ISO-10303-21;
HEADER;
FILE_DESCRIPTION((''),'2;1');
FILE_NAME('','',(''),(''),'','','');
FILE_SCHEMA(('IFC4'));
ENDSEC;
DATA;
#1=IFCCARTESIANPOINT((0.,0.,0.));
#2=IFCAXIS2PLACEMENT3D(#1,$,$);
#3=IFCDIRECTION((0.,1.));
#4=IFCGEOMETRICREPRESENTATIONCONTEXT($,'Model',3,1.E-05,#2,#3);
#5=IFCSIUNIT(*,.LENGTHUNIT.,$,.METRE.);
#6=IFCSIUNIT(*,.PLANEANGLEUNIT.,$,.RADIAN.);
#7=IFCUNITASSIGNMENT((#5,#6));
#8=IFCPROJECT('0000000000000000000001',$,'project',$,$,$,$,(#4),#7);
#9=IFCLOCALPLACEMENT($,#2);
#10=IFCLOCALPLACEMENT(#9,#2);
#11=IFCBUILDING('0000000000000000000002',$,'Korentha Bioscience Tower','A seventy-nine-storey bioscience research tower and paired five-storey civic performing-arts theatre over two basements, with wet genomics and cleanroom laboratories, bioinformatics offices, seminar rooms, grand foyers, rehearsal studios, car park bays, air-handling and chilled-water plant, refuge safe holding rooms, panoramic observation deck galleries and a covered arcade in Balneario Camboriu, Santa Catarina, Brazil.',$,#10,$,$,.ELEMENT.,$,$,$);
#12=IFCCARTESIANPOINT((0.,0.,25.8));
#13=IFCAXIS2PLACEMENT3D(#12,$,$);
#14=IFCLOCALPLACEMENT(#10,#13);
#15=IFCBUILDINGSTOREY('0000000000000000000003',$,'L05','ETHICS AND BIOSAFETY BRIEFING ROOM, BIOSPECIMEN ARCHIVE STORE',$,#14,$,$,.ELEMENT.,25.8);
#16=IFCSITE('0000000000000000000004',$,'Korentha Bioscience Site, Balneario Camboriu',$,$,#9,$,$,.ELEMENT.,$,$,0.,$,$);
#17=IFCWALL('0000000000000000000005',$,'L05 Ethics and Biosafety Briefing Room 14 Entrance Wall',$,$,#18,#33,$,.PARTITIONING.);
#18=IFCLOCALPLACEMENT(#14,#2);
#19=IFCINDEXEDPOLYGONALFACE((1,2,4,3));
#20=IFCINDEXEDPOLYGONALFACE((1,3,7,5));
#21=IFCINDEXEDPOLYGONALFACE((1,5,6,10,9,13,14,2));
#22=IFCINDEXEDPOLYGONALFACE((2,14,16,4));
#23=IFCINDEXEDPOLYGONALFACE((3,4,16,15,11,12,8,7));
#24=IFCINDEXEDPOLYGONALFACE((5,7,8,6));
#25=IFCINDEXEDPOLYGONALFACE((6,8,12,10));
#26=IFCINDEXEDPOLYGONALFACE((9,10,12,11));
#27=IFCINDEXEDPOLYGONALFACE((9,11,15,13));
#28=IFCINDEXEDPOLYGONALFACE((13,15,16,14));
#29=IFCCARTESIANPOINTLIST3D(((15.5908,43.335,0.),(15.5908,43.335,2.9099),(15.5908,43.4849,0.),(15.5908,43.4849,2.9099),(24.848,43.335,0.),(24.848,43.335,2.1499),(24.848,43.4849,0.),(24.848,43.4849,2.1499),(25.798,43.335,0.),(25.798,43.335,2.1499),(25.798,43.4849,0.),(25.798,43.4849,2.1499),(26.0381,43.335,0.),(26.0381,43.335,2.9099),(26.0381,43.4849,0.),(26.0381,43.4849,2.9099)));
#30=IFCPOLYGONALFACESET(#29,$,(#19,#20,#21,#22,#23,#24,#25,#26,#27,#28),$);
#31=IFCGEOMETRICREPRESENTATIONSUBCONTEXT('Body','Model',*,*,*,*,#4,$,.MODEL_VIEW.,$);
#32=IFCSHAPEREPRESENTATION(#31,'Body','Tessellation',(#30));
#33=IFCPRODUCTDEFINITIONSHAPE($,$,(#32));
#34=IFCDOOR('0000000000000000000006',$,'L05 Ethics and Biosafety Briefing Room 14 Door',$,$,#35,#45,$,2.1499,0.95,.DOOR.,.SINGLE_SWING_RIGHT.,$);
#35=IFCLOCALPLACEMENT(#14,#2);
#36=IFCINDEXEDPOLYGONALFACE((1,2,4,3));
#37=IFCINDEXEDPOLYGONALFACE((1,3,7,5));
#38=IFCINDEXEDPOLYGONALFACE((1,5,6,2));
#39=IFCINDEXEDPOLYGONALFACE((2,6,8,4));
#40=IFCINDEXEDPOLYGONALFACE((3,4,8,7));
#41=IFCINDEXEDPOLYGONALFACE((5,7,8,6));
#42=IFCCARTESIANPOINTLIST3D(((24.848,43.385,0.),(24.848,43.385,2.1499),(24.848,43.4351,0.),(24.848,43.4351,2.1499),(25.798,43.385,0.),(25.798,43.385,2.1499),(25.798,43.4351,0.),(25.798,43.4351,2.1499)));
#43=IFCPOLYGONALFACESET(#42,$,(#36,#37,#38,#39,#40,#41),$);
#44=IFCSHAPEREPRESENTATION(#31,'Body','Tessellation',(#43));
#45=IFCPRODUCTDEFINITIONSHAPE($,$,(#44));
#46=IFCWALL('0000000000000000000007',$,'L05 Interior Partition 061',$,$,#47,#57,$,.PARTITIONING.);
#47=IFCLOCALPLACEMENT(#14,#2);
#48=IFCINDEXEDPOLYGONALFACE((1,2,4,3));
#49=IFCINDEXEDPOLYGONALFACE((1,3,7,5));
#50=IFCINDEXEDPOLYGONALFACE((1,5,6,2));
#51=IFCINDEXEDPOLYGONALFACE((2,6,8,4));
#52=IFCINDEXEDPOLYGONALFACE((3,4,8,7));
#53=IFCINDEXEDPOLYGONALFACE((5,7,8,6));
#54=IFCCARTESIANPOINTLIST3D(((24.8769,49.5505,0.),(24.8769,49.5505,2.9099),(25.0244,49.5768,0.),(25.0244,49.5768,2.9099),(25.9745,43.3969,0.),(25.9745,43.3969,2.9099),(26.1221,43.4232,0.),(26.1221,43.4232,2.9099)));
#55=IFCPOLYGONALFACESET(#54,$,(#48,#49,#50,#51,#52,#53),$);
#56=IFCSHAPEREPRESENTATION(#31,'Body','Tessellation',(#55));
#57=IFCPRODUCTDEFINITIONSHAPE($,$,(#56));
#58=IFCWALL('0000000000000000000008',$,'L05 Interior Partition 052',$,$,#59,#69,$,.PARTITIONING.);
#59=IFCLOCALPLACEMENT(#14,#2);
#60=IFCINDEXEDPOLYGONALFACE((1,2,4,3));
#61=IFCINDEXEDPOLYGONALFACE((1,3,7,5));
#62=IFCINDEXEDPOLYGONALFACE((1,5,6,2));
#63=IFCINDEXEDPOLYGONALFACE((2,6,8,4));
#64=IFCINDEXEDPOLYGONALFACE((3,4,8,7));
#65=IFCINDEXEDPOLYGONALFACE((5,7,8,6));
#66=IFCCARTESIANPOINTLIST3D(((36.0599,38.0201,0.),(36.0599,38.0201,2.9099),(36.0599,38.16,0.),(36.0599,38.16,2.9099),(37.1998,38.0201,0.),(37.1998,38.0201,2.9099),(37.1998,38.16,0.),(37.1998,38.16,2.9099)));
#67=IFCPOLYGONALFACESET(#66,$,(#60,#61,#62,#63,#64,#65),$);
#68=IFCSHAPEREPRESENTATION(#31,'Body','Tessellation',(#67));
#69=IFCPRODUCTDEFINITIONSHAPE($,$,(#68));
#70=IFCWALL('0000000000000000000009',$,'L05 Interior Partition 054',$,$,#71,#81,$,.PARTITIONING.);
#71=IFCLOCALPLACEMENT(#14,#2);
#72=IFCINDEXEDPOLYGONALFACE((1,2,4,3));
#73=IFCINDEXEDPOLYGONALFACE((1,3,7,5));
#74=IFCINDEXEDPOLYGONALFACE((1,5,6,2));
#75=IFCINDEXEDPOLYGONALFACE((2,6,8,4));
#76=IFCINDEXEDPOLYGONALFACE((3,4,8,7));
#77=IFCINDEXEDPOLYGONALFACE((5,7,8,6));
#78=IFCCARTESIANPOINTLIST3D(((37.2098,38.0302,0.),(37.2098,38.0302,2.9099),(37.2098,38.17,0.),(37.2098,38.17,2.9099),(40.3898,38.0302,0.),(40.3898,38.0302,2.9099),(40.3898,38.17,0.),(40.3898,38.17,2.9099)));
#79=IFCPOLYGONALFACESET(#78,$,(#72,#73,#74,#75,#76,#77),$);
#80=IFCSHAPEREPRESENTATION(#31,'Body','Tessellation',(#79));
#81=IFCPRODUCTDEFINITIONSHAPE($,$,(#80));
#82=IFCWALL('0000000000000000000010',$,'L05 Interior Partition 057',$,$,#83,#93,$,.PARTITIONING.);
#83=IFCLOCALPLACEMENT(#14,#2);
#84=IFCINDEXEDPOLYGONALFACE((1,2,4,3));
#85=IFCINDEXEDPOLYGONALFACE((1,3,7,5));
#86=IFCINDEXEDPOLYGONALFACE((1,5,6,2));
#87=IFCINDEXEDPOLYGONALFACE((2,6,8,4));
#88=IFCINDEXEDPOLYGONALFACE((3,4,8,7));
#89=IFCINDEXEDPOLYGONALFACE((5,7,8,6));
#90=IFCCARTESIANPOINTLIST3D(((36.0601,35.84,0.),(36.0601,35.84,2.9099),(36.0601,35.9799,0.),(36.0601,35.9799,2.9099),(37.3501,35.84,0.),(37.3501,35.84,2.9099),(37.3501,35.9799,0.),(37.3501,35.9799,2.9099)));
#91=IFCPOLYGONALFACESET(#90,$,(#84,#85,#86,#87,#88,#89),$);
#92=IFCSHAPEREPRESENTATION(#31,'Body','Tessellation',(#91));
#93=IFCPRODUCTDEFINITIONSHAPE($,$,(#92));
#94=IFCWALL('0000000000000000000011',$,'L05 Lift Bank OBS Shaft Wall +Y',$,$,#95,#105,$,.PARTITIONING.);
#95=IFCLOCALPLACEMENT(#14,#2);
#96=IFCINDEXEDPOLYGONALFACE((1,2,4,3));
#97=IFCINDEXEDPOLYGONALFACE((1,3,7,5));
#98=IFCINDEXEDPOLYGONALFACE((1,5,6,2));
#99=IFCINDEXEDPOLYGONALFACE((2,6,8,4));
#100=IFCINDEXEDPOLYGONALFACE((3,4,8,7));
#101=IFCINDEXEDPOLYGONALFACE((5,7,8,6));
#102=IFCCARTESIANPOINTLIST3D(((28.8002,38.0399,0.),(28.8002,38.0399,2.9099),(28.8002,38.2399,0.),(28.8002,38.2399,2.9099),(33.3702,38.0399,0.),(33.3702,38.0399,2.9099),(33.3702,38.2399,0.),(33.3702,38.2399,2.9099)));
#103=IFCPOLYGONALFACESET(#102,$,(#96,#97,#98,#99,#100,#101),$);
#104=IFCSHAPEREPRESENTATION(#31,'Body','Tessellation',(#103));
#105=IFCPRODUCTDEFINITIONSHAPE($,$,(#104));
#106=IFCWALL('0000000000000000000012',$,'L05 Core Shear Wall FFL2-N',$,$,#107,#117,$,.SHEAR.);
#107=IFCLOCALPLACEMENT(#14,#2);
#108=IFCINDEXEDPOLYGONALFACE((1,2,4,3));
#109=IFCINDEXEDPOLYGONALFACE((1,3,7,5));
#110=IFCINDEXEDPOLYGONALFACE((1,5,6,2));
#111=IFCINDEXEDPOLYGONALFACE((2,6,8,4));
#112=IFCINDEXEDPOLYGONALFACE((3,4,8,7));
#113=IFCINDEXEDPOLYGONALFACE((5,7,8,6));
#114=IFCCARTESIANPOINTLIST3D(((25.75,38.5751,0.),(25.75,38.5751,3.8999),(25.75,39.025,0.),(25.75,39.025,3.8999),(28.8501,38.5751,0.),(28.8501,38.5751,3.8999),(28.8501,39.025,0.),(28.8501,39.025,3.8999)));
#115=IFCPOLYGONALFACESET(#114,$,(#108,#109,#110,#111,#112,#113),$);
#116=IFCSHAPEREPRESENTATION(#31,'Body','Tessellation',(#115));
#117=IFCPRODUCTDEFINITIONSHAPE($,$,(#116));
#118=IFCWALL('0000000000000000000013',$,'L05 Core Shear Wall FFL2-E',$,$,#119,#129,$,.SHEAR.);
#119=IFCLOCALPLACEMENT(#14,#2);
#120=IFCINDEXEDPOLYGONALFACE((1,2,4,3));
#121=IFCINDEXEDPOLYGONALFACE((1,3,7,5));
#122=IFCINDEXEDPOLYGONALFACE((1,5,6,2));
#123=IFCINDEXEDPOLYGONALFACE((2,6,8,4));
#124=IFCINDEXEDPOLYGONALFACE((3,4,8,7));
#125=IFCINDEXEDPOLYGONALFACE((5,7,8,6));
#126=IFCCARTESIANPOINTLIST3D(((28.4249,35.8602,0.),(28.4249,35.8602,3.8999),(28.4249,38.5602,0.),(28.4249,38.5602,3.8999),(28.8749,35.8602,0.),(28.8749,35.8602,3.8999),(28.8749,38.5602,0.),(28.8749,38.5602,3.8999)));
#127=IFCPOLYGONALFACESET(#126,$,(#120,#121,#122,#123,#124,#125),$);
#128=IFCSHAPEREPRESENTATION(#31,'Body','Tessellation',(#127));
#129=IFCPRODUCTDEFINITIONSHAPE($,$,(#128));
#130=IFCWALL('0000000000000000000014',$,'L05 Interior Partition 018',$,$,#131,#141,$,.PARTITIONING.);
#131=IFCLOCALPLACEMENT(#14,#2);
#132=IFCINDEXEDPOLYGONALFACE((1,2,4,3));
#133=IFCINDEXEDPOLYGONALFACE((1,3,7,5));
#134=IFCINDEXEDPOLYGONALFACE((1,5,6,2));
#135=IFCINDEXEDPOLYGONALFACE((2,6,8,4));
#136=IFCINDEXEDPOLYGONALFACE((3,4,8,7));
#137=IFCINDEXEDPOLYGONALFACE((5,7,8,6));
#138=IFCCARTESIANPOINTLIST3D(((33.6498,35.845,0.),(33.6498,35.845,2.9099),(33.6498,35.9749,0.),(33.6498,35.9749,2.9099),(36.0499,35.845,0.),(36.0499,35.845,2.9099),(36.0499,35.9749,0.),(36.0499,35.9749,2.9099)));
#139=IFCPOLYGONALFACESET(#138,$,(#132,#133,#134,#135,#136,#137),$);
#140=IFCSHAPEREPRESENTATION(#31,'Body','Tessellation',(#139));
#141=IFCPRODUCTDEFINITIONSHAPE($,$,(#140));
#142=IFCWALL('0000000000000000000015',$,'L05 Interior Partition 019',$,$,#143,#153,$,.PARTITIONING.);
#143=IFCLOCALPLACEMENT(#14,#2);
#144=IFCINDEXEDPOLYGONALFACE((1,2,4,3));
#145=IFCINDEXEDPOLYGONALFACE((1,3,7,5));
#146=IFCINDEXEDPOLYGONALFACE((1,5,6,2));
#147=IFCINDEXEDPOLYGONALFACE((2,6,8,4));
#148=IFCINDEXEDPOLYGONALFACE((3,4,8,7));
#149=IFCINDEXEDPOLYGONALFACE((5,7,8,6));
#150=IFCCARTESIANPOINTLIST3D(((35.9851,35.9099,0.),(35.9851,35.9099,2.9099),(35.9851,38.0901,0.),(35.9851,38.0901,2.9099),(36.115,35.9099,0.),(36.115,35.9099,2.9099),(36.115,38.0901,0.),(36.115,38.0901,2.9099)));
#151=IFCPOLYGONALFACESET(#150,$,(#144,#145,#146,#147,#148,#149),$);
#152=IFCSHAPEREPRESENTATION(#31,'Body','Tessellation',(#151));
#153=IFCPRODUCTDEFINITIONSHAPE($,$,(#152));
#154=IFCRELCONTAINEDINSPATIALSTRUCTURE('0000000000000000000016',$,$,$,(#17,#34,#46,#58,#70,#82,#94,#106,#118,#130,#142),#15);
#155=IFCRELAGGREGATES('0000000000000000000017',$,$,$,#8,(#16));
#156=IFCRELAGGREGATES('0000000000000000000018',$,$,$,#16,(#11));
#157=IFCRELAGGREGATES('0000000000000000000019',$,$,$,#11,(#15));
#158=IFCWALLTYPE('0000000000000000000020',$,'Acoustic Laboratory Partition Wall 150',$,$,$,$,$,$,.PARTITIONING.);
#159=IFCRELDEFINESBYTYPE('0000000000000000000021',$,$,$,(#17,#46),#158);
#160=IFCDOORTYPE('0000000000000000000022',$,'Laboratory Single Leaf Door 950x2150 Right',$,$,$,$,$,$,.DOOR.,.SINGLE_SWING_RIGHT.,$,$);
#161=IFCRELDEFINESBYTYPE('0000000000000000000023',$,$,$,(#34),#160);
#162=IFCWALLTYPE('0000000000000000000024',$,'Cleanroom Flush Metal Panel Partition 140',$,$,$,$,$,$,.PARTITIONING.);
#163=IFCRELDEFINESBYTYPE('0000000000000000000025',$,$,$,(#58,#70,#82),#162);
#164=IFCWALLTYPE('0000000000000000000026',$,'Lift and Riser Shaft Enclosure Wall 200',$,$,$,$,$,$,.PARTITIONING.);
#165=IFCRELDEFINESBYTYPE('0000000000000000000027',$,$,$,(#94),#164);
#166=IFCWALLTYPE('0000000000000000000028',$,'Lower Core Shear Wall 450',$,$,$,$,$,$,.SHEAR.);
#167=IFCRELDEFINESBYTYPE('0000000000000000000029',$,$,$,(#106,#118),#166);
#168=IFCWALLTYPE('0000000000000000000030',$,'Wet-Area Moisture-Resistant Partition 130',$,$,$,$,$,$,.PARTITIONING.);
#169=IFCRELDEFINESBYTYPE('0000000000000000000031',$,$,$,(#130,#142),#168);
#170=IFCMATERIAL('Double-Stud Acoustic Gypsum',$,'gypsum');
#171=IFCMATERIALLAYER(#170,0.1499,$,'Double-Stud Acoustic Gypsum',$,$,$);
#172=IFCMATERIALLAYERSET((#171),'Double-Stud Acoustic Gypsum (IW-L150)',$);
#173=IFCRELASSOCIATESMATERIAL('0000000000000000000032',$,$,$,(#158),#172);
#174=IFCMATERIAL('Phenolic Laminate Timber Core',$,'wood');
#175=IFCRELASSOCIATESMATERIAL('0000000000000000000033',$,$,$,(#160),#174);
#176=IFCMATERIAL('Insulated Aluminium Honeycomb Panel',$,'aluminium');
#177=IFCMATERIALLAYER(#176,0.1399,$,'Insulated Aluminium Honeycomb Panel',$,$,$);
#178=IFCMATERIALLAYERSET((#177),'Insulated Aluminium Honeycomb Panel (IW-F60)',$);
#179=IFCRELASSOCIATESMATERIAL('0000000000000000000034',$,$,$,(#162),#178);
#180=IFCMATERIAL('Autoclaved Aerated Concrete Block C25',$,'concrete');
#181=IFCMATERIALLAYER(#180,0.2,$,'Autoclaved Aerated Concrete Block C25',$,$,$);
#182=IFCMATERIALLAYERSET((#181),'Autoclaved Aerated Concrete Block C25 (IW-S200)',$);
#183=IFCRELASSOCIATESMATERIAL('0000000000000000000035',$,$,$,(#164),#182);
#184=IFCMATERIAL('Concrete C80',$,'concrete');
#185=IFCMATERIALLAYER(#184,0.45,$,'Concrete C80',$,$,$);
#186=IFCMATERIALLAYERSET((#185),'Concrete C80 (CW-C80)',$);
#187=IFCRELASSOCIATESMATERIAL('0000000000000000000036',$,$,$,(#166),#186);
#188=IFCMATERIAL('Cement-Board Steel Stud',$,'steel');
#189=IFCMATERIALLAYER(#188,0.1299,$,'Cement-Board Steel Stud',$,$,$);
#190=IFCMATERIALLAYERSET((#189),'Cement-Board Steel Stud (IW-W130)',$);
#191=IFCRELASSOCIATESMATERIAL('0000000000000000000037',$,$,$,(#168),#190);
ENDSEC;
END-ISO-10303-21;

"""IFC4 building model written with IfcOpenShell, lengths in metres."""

from ifc_helpers import new_model, si_unit, direction, frame, frame_2d, origin, place, context, subcontext, project, spatial, rectangle, extrude, material, layer, layer_set, type_object, element, fill, save


model = new_model("IFC4")

# Units and contexts
model_context = context("Model", 3, precision=1e-05, world=origin(), true_north=direction((0.0, 1.0)))
body_context = subcontext(model_context, "Body", "Model", "MODEL_VIEW")
ifc_project = project(units=[si_unit("LENGTHUNIT", "METRE"), si_unit("PLANEANGLEUNIT", "RADIAN")], contexts=[model_context])

# Site, building, storey
site_placement = place(None, origin())
site = spatial("IfcSite", under=ifc_project, at=site_placement, Name="Korentha Bioscience Site, Balneario Camboriu", CompositionType="ELEMENT", RefElevation=0.0)
building_placement = place(site_placement, origin())
building = spatial("IfcBuilding", under=site, at=building_placement, Name="Korentha Bioscience Tower", Description="A seventy-nine-storey bioscience research tower and paired five-storey civic performing-arts theatre over two basements, with wet genomics and cleanroom laboratories, bioinformatics offices, seminar rooms, grand foyers, rehearsal studios, car park bays, air-handling and chilled-water plant, refuge safe holding rooms, panoramic observation deck galleries and a covered arcade in Balneario Camboriu, Santa Catarina, Brazil.", CompositionType="ELEMENT")
storey_placement = place(building_placement, frame((0.0, 0.0, 25.8)))
storey = spatial("IfcBuildingStorey", under=building, at=storey_placement, Name="L05", Description="ETHICS AND BIOSAFETY BRIEFING ROOM, BIOSPECIMEN ARCHIVE STORE", CompositionType="ELEMENT", Elevation=25.8)

# Shared definitions
ifc_material_1 = material(Name="Concrete C80", Category="concrete")

# Wall, opening, door
ifc_material_2 = material(Name="Double-Stud Acoustic Gypsum", Category="gypsum")
ifc_layer_1 = layer(ifc_material_2, 0.1499, Name="Double-Stud Acoustic Gypsum")
ifc_layer_set_1 = layer_set([ifc_layer_1], Name="Double-Stud Acoustic Gypsum (IW-L150)")
wall_type_1 = type_object("IfcWallType", Name="Acoustic Laboratory Partition Wall 150", PredefinedType="PARTITIONING", material=ifc_layer_set_1)
ifc_material_3 = material(Name="Phenolic Laminate Timber Core", Category="wood")
wall_1_placement = place(storey_placement, frame((26.0381, 43.4099, 0.0), z_axis=(0.0, 0.0, 1.0), x_axis=(-1.0, 0.0, 0.0)))
wall_1 = element("IfcWall", 1, at=wall_1_placement, inside=storey, type_object=wall_type_1, Name="L05 Ethics and Biosafety Briefing Room 14 Entrance Wall", PredefinedType="PARTITIONING", context=body_context, shape_type="SweptSolid", body=[
    extrude(rectangle(XDim=10.4473, YDim=0.1499, at=frame_2d((5.2236, 0.0))), origin(), (0.0, 0.0, 1.0), 2.9099),
])
opening_1_placement = place(wall_1_placement, frame((0.24, 0.0, 0.0)))
opening_1 = element("IfcOpeningElement", 2, at=opening_1_placement, cuts=wall_1, PredefinedType="OPENING", context=body_context, shape_type="SweptSolid", body=[
    extrude(rectangle(XDim=0.95, YDim=2.1499, at=frame_2d((0.4751, 1.075))), frame((0.0, 0.0898, 0.0), z_axis=(0.0, -1.0, 0.0), x_axis=(1.0, 0.0, 0.0)), (0.0, 0.0, 1.0), 0.1797),
])
door_type_1 = type_object("IfcDoorType", Name="Laboratory Single Leaf Door 950x2150 Right", OperationType="SINGLE_SWING_RIGHT", PredefinedType="DOOR", material=ifc_material_3)
door_1_placement = place(opening_1_placement, origin())
door_1 = element("IfcDoor", 3, at=door_1_placement, inside=storey, type_object=door_type_1, Name="L05 Ethics and Biosafety Briefing Room 14 Door", OperationType="SINGLE_SWING_RIGHT", OverallHeight=2.1499, OverallWidth=0.95, PredefinedType="DOOR", context=body_context, shape_type="SweptSolid", body=[
    extrude(rectangle(XDim=0.95, YDim=2.1499, at=frame_2d((0.4751, 1.075))), frame((0.0, 0.0249, 0.0), z_axis=(0.0, -1.0, 0.0), x_axis=(1.0, 0.0, 0.0)), (0.0, 0.0, 1.0), 0.05),
])
fill(opening_1, door_1)

# Walls
wall_2_placement = place(storey_placement, frame((26.0483, 43.4099, 0.0), z_axis=(0.0, 0.0, 1.0), x_axis=(-0.175605, 0.984461, 0.0)))
element("IfcWall", 4, at=wall_2_placement, inside=storey, type_object=wall_type_1, Name="L05 Interior Partition 061", PredefinedType="PARTITIONING", context=body_context, shape_type="SweptSolid", body=[
    extrude(rectangle(XDim=6.2507, YDim=0.1499, at=frame_2d((3.1255, 0.0))), origin(), (0.0, 0.0, 1.0), 2.9099),
])
ifc_material_4 = material(Name="Insulated Aluminium Honeycomb Panel", Category="aluminium")
ifc_layer_2 = layer(ifc_material_4, 0.1399, Name="Insulated Aluminium Honeycomb Panel")
ifc_layer_set_2 = layer_set([ifc_layer_2], Name="Insulated Aluminium Honeycomb Panel (IW-F60)")
wall_type_2 = type_object("IfcWallType", Name="Cleanroom Flush Metal Panel Partition 140", PredefinedType="PARTITIONING", material=ifc_layer_set_2)
wall_3_placement = place(storey_placement, frame((36.0601, 38.0901, 0.0), z_axis=(0.0, 0.0, 1.0), x_axis=(1.0, 0.0, 0.0)))
element("IfcWall", 5, at=wall_3_placement, inside=storey, type_object=wall_type_2, Name="L05 Interior Partition 052", PredefinedType="PARTITIONING", context=body_context, shape_type="SweptSolid", body=[
    extrude(rectangle(XDim=1.1399, YDim=0.1399, at=frame_2d((0.5698, 0.0))), origin(), (0.0, 0.0, 1.0), 2.9099),
])
wall_4_placement = place(storey_placement, frame((37.21, 38.1001, 0.0), z_axis=(0.0, 0.0, 1.0), x_axis=(1.0, 0.0, 0.0)))
element("IfcWall", 6, at=wall_4_placement, inside=storey, type_object=wall_type_2, Name="L05 Interior Partition 054", PredefinedType="PARTITIONING", context=body_context, shape_type="SweptSolid", body=[
    extrude(rectangle(XDim=3.1799, YDim=0.1399, at=frame_2d((1.5898, 0.0))), origin(), (0.0, 0.0, 1.0), 2.9099),
])
wall_5_placement = place(storey_placement, frame((37.3501, 35.9099, 0.0), z_axis=(0.0, 0.0, 1.0), x_axis=(-1.0, 0.0, 0.0)))
element("IfcWall", 7, at=wall_5_placement, inside=storey, type_object=wall_type_2, Name="L05 Interior Partition 057", PredefinedType="PARTITIONING", context=body_context, shape_type="SweptSolid", body=[
    extrude(rectangle(XDim=1.29, YDim=0.1399, at=frame_2d((0.645, 0.0))), origin(), (0.0, 0.0, 1.0), 2.9099),
])
ifc_material_5 = material(Name="Autoclaved Aerated Concrete Block C25", Category="concrete")
ifc_layer_3 = layer(ifc_material_5, 0.2, Name="Autoclaved Aerated Concrete Block C25")
ifc_layer_set_3 = layer_set([ifc_layer_3], Name="Autoclaved Aerated Concrete Block C25 (IW-S200)")
wall_type_3 = type_object("IfcWallType", Name="Lift and Riser Shaft Enclosure Wall 200", PredefinedType="PARTITIONING", material=ifc_layer_set_3)
wall_6_placement = place(storey_placement, frame((28.8, 38.1399, 0.0), z_axis=(0.0, 0.0, 1.0), x_axis=(1.0, 0.0, 0.0)))
element("IfcWall", 8, at=wall_6_placement, inside=storey, type_object=wall_type_3, Name="L05 Lift Bank OBS Shaft Wall +Y", PredefinedType="PARTITIONING", context=body_context, shape_type="SweptSolid", body=[
    extrude(rectangle(XDim=4.5701, YDim=0.2, at=frame_2d((2.2852, 0.0))), origin(), (0.0, 0.0, 1.0), 2.9099),
])
ifc_layer_4 = layer(ifc_material_1, 0.45, Name="Concrete C80")
ifc_layer_set_4 = layer_set([ifc_layer_4], Name="Concrete C80 (CW-C80)")
wall_type_4 = type_object("IfcWallType", Name="Lower Core Shear Wall 450", PredefinedType="SHEAR", material=ifc_layer_set_4)
wall_7_placement = place(storey_placement, frame((25.75, 38.8, 0.0), z_axis=(0.0, 0.0, 1.0), x_axis=(1.0, 0.0, 0.0)))
element("IfcWall", 9, at=wall_7_placement, inside=storey, type_object=wall_type_4, Name="L05 Core Shear Wall FFL2-N", PredefinedType="SHEAR", context=body_context, shape_type="SweptSolid", body=[
    extrude(rectangle(XDim=3.1001, YDim=0.45, at=frame_2d((1.55, 0.0))), origin(), (0.0, 0.0, 1.0), 3.8999),
])
wall_8_placement = place(storey_placement, frame((28.6499, 35.8601, 0.0), z_axis=(0.0, 0.0, 1.0), x_axis=(0.0, 1.0, 0.0)))
element("IfcWall", 10, at=wall_8_placement, inside=storey, type_object=wall_type_4, Name="L05 Core Shear Wall FFL2-E", PredefinedType="SHEAR", context=body_context, shape_type="SweptSolid", body=[
    extrude(rectangle(XDim=2.7, YDim=0.45, at=frame_2d((1.3501, 0.0))), origin(), (0.0, 0.0, 1.0), 3.8999),
])

# Shared definitions
ifc_material_6 = material(Name="Cement-Board Steel Stud", Category="steel")
ifc_layer_5 = layer(ifc_material_6, 0.1299, Name="Cement-Board Steel Stud")
ifc_layer_set_5 = layer_set([ifc_layer_5], Name="Cement-Board Steel Stud (IW-W130)")
wall_type_5 = type_object("IfcWallType", Name="Wet-Area Moisture-Resistant Partition 130", PredefinedType="PARTITIONING", material=ifc_layer_set_5)

# Walls
wall_9_placement = place(storey_placement, frame((36.05, 35.9099, 0.0), z_axis=(0.0, 0.0, 1.0), x_axis=(-1.0, 0.0, 0.0)))
element("IfcWall", 11, at=wall_9_placement, inside=storey, type_object=wall_type_5, Name="L05 Interior Partition 018", PredefinedType="PARTITIONING", context=body_context, shape_type="SweptSolid", body=[
    extrude(rectangle(XDim=2.4001, YDim=0.1299, at=frame_2d((1.2002, 0.0))), origin(), (0.0, 0.0, 1.0), 2.9099),
])
wall_10_placement = place(storey_placement, frame((36.05, 38.0901, 0.0), z_axis=(0.0, 0.0, 1.0), x_axis=(0.0, -1.0, 0.0)))
element("IfcWall", 12, at=wall_10_placement, inside=storey, type_object=wall_type_5, Name="L05 Interior Partition 019", PredefinedType="PARTITIONING", context=body_context, shape_type="SweptSolid", body=[
    extrude(rectangle(XDim=2.1802, YDim=0.1299, at=frame_2d((1.0901, 0.0))), origin(), (0.0, 0.0, 1.0), 2.9099),
])

save(model, "model.ifc")
